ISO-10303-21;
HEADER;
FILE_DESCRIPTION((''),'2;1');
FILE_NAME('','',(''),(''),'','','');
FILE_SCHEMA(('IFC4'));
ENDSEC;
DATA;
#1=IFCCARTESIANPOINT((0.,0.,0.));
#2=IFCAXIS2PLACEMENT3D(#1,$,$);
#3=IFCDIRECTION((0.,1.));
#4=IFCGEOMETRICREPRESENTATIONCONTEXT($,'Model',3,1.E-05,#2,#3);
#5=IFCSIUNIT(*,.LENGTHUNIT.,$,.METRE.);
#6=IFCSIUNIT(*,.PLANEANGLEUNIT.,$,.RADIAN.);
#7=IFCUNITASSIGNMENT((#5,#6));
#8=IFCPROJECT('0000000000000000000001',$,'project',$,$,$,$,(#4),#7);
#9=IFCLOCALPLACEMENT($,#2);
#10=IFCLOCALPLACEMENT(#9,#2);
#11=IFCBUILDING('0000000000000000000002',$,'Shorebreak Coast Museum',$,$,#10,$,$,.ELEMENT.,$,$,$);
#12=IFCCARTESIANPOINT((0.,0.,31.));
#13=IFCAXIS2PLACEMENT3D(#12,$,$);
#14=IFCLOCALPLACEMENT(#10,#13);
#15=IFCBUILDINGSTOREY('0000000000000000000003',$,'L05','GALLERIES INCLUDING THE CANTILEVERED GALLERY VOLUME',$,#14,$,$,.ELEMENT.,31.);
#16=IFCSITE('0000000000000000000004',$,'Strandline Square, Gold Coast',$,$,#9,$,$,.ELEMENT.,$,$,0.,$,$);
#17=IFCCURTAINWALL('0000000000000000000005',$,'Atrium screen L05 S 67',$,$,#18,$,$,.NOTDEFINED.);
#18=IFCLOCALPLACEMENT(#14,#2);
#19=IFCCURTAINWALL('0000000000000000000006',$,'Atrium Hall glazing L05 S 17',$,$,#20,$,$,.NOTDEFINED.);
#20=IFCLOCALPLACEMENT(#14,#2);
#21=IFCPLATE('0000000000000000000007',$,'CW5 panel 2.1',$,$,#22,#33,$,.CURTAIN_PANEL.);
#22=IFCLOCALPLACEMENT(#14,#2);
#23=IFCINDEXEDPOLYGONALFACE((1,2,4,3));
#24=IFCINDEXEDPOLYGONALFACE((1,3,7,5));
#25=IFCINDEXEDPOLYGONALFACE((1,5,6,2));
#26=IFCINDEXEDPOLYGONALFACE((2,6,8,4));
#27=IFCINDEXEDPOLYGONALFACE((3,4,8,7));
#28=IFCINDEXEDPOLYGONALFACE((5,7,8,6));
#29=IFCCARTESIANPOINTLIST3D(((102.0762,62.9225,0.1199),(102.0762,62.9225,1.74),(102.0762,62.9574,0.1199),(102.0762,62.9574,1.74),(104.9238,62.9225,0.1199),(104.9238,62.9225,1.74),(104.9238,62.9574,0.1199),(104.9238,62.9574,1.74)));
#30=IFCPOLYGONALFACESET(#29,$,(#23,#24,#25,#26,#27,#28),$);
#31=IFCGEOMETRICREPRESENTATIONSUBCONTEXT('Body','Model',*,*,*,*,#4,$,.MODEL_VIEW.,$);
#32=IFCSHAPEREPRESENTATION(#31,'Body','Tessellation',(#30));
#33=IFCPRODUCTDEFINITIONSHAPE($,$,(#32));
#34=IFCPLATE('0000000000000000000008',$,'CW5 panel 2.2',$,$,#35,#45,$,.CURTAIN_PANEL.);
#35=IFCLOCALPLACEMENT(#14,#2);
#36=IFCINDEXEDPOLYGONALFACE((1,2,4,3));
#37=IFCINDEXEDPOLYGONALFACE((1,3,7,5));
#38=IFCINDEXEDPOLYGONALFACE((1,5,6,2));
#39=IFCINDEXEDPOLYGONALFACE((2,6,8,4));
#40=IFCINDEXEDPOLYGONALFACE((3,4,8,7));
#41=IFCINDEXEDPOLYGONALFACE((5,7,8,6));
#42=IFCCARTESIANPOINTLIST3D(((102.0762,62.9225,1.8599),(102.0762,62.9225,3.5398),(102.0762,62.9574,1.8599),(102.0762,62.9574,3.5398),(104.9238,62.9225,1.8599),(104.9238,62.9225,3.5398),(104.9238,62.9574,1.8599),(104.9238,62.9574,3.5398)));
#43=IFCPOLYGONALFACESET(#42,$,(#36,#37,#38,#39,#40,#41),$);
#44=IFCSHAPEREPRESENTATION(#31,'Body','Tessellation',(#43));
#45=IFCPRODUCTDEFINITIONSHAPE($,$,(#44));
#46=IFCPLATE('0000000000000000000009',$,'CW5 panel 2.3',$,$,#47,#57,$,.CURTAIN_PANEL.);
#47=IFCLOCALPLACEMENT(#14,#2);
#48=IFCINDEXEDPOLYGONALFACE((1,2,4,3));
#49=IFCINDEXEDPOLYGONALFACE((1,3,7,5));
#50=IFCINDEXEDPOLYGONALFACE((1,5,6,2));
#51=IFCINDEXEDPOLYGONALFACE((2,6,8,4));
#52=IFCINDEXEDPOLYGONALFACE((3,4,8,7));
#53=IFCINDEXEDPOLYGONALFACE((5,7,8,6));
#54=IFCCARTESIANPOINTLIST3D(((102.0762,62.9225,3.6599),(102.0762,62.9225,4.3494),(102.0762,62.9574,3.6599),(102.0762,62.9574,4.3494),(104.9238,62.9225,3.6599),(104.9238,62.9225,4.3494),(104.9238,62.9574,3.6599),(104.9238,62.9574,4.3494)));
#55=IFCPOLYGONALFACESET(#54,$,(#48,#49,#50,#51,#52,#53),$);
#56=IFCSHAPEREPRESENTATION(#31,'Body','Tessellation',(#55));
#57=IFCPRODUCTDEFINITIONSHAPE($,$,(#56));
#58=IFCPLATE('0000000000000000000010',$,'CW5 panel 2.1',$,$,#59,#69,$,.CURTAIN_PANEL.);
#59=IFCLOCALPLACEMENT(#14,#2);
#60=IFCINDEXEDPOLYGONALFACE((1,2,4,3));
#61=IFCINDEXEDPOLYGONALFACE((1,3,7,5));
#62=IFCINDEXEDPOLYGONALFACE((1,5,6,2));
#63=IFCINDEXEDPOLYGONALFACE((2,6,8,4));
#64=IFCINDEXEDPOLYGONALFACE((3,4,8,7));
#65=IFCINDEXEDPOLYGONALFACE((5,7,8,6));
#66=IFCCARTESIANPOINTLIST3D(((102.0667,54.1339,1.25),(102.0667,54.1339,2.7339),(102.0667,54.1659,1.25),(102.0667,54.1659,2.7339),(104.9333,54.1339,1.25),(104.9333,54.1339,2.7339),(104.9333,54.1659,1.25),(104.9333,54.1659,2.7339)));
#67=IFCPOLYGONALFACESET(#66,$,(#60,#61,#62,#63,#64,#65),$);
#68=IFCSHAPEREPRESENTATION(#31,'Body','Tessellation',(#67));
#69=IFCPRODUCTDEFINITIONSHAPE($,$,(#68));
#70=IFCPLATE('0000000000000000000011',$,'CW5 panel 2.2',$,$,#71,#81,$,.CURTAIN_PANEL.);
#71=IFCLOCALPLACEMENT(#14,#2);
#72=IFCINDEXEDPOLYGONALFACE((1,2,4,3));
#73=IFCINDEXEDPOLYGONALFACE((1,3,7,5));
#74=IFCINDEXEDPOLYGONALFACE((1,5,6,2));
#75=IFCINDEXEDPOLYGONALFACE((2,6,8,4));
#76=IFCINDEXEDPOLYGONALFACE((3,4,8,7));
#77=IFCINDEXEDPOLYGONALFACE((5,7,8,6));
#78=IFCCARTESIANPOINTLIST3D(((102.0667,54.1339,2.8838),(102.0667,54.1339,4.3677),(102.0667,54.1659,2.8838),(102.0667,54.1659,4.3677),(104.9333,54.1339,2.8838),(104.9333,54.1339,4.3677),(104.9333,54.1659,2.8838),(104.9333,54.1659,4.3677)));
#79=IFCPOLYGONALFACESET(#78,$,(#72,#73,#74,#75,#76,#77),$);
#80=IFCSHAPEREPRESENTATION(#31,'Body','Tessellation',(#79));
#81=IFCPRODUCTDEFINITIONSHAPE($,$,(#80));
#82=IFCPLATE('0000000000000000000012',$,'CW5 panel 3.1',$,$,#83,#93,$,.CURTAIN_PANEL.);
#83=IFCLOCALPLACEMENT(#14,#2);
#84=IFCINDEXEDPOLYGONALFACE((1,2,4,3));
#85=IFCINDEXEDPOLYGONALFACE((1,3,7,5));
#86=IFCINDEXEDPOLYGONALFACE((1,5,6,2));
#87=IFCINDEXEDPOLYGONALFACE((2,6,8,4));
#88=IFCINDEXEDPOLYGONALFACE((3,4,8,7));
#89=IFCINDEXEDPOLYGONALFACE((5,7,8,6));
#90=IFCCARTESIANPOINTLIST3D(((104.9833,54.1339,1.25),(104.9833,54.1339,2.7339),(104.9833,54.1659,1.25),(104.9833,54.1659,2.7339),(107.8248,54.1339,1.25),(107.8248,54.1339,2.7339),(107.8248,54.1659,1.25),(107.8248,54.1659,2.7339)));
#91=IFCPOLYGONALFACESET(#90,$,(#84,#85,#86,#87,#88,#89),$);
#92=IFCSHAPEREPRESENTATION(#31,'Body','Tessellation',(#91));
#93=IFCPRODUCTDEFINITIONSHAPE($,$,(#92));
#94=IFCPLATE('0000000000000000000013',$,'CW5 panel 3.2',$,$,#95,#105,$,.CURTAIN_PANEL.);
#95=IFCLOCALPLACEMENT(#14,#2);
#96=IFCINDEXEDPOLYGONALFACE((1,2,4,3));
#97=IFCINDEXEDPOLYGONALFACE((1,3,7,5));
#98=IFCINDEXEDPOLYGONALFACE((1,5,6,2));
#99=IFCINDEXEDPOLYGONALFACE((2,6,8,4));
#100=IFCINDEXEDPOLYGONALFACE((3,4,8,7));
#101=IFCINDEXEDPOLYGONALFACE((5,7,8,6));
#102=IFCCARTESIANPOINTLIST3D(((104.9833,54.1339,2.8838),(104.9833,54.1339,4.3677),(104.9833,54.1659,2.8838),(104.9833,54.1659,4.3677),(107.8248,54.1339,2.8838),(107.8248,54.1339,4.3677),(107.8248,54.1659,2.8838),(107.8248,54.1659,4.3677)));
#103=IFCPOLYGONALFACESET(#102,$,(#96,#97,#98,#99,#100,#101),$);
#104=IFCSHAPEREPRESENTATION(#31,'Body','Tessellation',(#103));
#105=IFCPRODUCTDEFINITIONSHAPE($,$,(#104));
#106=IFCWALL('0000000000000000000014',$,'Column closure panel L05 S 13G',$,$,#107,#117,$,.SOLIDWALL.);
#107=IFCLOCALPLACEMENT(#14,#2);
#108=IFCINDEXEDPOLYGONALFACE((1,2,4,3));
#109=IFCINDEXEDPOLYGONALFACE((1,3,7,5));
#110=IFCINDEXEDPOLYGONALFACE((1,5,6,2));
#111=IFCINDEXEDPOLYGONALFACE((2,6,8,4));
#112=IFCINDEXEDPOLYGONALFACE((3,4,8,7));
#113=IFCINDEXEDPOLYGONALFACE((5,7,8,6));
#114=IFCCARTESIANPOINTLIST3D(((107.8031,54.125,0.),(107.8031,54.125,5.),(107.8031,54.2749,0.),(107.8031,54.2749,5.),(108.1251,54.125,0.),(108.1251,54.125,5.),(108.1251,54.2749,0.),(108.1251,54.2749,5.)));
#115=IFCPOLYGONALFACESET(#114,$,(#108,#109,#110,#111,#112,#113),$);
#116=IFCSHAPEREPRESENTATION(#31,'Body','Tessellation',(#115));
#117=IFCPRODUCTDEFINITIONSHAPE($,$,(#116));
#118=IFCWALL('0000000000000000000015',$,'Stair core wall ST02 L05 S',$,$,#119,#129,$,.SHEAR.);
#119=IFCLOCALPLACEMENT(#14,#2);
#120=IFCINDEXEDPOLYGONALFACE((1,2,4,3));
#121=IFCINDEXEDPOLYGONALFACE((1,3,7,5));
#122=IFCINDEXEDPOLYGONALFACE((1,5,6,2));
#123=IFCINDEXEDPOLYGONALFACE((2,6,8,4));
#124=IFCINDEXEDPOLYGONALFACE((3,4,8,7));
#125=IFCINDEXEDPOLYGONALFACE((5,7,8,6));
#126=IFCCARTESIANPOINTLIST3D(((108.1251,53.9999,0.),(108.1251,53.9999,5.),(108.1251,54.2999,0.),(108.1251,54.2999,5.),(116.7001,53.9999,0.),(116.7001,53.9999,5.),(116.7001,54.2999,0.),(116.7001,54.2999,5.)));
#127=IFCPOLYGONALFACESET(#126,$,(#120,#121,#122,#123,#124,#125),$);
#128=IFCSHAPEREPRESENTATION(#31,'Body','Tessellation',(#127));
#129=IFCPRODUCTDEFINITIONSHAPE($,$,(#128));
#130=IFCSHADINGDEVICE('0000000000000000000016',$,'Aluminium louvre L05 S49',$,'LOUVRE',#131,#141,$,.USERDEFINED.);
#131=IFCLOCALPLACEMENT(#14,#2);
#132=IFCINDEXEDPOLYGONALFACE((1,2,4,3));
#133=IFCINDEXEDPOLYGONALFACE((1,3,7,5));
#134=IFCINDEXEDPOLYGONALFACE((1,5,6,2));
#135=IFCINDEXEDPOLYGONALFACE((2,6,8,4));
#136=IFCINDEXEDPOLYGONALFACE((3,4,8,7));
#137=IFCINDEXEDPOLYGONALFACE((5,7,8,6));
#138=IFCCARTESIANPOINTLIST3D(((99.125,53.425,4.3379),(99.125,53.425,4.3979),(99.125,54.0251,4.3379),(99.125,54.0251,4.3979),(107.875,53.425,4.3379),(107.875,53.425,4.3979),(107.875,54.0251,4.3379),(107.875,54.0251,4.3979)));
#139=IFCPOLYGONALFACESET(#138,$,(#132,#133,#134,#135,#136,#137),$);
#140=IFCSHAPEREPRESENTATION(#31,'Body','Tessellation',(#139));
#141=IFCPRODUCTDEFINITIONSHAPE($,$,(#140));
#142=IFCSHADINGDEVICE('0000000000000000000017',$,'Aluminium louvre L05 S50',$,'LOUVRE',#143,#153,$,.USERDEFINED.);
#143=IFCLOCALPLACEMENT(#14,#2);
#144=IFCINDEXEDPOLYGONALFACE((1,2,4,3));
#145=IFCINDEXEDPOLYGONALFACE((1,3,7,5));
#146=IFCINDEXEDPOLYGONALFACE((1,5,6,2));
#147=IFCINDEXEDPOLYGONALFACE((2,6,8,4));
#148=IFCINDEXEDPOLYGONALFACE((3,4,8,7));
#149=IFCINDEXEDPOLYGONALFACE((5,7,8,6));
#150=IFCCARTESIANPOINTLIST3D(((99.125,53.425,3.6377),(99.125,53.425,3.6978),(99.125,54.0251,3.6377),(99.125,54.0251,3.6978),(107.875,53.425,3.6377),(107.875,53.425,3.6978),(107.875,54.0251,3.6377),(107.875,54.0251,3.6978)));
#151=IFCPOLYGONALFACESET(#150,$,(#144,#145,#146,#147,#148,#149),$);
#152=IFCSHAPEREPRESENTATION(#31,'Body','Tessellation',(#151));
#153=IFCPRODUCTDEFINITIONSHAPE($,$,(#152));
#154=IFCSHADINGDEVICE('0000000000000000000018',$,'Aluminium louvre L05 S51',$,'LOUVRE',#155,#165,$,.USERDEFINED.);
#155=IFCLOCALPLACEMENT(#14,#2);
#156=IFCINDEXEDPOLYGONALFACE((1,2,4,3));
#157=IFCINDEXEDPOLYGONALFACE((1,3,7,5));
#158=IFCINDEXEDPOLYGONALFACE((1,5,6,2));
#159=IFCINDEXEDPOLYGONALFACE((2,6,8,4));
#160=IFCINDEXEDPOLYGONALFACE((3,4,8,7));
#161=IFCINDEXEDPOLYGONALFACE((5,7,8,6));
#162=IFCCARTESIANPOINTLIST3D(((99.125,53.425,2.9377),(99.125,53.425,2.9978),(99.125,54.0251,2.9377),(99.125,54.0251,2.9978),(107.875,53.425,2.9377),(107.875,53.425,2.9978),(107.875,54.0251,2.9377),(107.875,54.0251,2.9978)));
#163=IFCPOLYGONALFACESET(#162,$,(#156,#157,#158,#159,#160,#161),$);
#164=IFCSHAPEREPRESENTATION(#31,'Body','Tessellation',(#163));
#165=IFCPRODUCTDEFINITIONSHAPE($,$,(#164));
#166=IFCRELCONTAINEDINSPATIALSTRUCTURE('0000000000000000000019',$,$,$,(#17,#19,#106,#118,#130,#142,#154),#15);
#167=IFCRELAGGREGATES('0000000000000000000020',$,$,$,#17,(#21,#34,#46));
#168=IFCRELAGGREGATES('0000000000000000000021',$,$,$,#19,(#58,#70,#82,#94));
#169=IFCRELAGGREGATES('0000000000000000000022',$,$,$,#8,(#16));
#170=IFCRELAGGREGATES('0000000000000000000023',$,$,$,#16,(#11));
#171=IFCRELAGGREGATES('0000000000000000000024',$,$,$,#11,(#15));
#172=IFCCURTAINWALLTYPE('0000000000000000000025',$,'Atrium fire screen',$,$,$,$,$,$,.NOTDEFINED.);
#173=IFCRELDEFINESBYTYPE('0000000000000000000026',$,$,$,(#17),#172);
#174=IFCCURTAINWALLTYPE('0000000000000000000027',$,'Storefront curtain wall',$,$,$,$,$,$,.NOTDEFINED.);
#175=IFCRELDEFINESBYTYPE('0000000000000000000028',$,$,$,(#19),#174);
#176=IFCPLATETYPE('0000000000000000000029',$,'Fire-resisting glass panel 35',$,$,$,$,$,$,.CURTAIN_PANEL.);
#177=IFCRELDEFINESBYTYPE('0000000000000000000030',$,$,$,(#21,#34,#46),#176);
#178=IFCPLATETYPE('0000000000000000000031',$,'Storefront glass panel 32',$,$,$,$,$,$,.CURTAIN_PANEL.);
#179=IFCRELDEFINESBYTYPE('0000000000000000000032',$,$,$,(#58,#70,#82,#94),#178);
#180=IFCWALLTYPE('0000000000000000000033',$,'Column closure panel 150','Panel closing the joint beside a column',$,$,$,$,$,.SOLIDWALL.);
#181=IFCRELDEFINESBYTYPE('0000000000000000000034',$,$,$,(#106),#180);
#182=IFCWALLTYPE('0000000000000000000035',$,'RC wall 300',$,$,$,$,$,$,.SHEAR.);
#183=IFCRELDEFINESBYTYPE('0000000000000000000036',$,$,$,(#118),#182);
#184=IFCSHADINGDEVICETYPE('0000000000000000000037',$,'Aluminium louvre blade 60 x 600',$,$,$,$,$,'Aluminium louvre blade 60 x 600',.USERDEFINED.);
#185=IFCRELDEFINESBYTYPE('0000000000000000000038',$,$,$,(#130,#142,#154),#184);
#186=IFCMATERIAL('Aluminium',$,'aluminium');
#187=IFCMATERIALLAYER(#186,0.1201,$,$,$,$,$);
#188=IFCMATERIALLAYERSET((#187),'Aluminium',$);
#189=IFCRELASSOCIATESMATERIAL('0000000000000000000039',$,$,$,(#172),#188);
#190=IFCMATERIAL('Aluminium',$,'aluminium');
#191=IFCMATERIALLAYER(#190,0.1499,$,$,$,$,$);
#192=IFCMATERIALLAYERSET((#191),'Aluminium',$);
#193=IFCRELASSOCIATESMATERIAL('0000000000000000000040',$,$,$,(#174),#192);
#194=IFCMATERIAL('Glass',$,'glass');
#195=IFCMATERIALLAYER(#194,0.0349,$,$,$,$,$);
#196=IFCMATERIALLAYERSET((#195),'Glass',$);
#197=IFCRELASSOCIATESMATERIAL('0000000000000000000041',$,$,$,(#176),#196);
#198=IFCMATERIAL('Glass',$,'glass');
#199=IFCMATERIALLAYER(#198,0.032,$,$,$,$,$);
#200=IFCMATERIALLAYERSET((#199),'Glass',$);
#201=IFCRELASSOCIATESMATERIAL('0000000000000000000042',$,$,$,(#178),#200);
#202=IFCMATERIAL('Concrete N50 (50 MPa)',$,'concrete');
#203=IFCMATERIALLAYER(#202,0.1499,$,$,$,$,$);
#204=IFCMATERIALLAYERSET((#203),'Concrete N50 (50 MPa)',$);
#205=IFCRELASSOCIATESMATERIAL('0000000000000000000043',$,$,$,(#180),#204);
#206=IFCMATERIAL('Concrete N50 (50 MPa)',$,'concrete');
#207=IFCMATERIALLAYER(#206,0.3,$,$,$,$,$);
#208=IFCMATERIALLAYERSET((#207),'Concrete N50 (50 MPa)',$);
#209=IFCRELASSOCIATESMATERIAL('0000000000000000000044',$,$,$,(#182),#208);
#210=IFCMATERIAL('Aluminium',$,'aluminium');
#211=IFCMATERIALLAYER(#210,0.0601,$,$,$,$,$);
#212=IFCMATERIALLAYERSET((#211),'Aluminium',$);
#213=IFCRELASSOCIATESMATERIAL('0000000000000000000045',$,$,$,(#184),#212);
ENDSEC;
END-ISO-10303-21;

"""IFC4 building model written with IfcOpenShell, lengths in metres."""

from ifc_helpers import new_model, si_unit, direction, frame, frame_2d, origin, origin_2d, place, context, subcontext, project, spatial, rectangle, extrude, material, layer, layer_set, type_object, element, aggregate, save


model = new_model("IFC4")

# Units and contexts
model_context = context("Model", 3, precision=1e-05, world=origin(), true_north=direction((0.0, 1.0)))
body_context = subcontext(model_context, "Body", "Model", "MODEL_VIEW")
ifc_project = project(units=[si_unit("LENGTHUNIT", "METRE"), si_unit("PLANEANGLEUNIT", "RADIAN")], contexts=[model_context])

# Site, building, storey
site_placement = place(None, origin())
site = spatial("IfcSite", under=ifc_project, at=site_placement, Name="Strandline Square, Gold Coast", CompositionType="ELEMENT", RefElevation=0.0)
building_placement = place(site_placement, origin())
building = spatial("IfcBuilding", under=site, at=building_placement, Name="Shorebreak Coast Museum", CompositionType="ELEMENT")
storey_placement = place(building_placement, frame((0.0, 0.0, 31.0)))
storey = spatial("IfcBuildingStorey", under=building, at=storey_placement, Name="L05", Description="GALLERIES INCLUDING THE CANTILEVERED GALLERY VOLUME", CompositionType="ELEMENT", Elevation=31.0)

# Curtain walls
ifc_material_1 = material(Name="Aluminium", Category="aluminium")
ifc_layer_1 = layer(ifc_material_1, 0.1201)
ifc_layer_set_1 = layer_set([ifc_layer_1], Name="Aluminium")
curtain_wall_type_1 = type_object("IfcCurtainWallType", Name="Atrium fire screen", PredefinedType="NOTDEFINED", material=ifc_layer_set_1)
curtain_wall_1_placement = place(storey_placement, origin())
curtain_wall_1 = element("IfcCurtainWall", 1, at=curtain_wall_1_placement, inside=storey, type_object=curtain_wall_type_1, Name="Atrium screen L05 S 67", PredefinedType="NOTDEFINED")
ifc_material_2 = material(Name="Aluminium", Category="aluminium")
ifc_layer_2 = layer(ifc_material_2, 0.1499)
ifc_layer_set_2 = layer_set([ifc_layer_2], Name="Aluminium")
curtain_wall_type_2 = type_object("IfcCurtainWallType", Name="Storefront curtain wall", PredefinedType="NOTDEFINED", material=ifc_layer_set_2)
curtain_wall_2_placement = place(storey_placement, origin())
curtain_wall_2 = element("IfcCurtainWall", 2, at=curtain_wall_2_placement, inside=storey, type_object=curtain_wall_type_2, Name="Atrium Hall glazing L05 S 17", PredefinedType="NOTDEFINED")

# Plates
ifc_material_3 = material(Name="Glass", Category="glass")
ifc_layer_3 = layer(ifc_material_3, 0.0349)
ifc_layer_set_3 = layer_set([ifc_layer_3], Name="Glass")
plate_type_1 = type_object("IfcPlateType", Name="Fire-resisting glass panel 35", PredefinedType="CURTAIN_PANEL", material=ifc_layer_set_3)
plate_1_placement = place(storey_placement, frame((103.5, 62.9399, 0.1199), z_axis=(0.0, 0.0, 1.0), x_axis=(1.0, 0.0, 0.0)))
plate_1 = element("IfcPlate", 3, at=plate_1_placement, type_object=plate_type_1, Name="CW5 panel 2.1", PredefinedType="CURTAIN_PANEL", context=body_context, shape_type="SweptSolid", body=[
    extrude(rectangle(XDim=2.8477, YDim=0.0349, at=origin_2d()), origin(), (0.0, 0.0, 1.0), 1.6201),
])
plate_2_placement = place(storey_placement, frame((103.5, 62.9399, 1.8599), z_axis=(0.0, 0.0, 1.0), x_axis=(1.0, 0.0, 0.0)))
plate_2 = element("IfcPlate", 4, at=plate_2_placement, type_object=plate_type_1, Name="CW5 panel 2.2", PredefinedType="CURTAIN_PANEL", context=body_context, shape_type="SweptSolid", body=[
    extrude(rectangle(XDim=2.8477, YDim=0.0349, at=origin_2d()), origin(), (0.0, 0.0, 1.0), 1.6799),
])
plate_3_placement = place(storey_placement, frame((103.5, 62.9399, 3.6599), z_axis=(0.0, 0.0, 1.0), x_axis=(1.0, 0.0, 0.0)))
plate_3 = element("IfcPlate", 5, at=plate_3_placement, type_object=plate_type_1, Name="CW5 panel 2.3", PredefinedType="CURTAIN_PANEL", context=body_context, shape_type="SweptSolid", body=[
    extrude(rectangle(XDim=2.8477, YDim=0.0349, at=origin_2d()), origin(), (0.0, 0.0, 1.0), 0.6895),
])
aggregate(curtain_wall_1, [plate_1, plate_2, plate_3])
ifc_material_4 = material(Name="Glass", Category="glass")
ifc_layer_4 = layer(ifc_material_4, 0.032)
ifc_layer_set_4 = layer_set([ifc_layer_4], Name="Glass")
plate_type_2 = type_object("IfcPlateType", Name="Storefront glass panel 32", PredefinedType="CURTAIN_PANEL", material=ifc_layer_set_4)
plate_4_placement = place(storey_placement, frame((103.5, 54.1499, 1.25), z_axis=(0.0, 0.0, 1.0), x_axis=(1.0, 0.0, 0.0)))
plate_4 = element("IfcPlate", 6, at=plate_4_placement, type_object=plate_type_2, Name="CW5 panel 2.1", PredefinedType="CURTAIN_PANEL", context=body_context, shape_type="SweptSolid", body=[
    extrude(rectangle(XDim=2.8667, YDim=0.032, at=origin_2d()), origin(), (0.0, 0.0, 1.0), 1.4839),
])
plate_5_placement = place(storey_placement, frame((103.5, 54.1499, 2.8838), z_axis=(0.0, 0.0, 1.0), x_axis=(1.0, 0.0, 0.0)))
plate_5 = element("IfcPlate", 7, at=plate_5_placement, type_object=plate_type_2, Name="CW5 panel 2.2", PredefinedType="CURTAIN_PANEL", context=body_context, shape_type="SweptSolid", body=[
    extrude(rectangle(XDim=2.8667, YDim=0.032, at=origin_2d()), origin(), (0.0, 0.0, 1.0), 1.4839),
])
plate_6_placement = place(storey_placement, frame((106.4041, 54.1499, 1.25), z_axis=(0.0, 0.0, 1.0), x_axis=(1.0, 0.0, 0.0)))
plate_6 = element("IfcPlate", 8, at=plate_6_placement, type_object=plate_type_2, Name="CW5 panel 3.1", PredefinedType="CURTAIN_PANEL", context=body_context, shape_type="SweptSolid", body=[
    extrude(rectangle(XDim=2.8416, YDim=0.032, at=origin_2d()), origin(), (0.0, 0.0, 1.0), 1.4839),
])
plate_7_placement = place(storey_placement, frame((106.4041, 54.1499, 2.8838), z_axis=(0.0, 0.0, 1.0), x_axis=(1.0, 0.0, 0.0)))
plate_7 = element("IfcPlate", 9, at=plate_7_placement, type_object=plate_type_2, Name="CW5 panel 3.2", PredefinedType="CURTAIN_PANEL", context=body_context, shape_type="SweptSolid", body=[
    extrude(rectangle(XDim=2.8416, YDim=0.032, at=origin_2d()), origin(), (0.0, 0.0, 1.0), 1.4839),
])
aggregate(curtain_wall_2, [plate_4, plate_5, plate_6, plate_7])

# Walls
ifc_material_5 = material(Name="Concrete N50 (50 MPa)", Category="concrete")
ifc_layer_5 = layer(ifc_material_5, 0.1499)
ifc_layer_set_5 = layer_set([ifc_layer_5], Name="Concrete N50 (50 MPa)")
wall_type_1 = type_object("IfcWallType", Name="Column closure panel 150", Description="Panel closing the joint beside a column", PredefinedType="SOLIDWALL", material=ifc_layer_set_5)
wall_1_placement = place(storey_placement, frame((107.803, 54.2, 0.0), z_axis=(0.0, 0.0, 1.0), x_axis=(1.0, 0.0, 0.0)))
element("IfcWall", 10, at=wall_1_placement, inside=storey, type_object=wall_type_1, Name="Column closure panel L05 S 13G", PredefinedType="SOLIDWALL", context=body_context, shape_type="SweptSolid", body=[
    extrude(rectangle(XDim=0.322, YDim=0.1499, at=frame_2d((0.1611, 0.0))), origin(), (0.0, 0.0, 1.0), 5.0),
])
ifc_material_6 = material(Name="Concrete N50 (50 MPa)", Category="concrete")
ifc_layer_6 = layer(ifc_material_6, 0.3)
ifc_layer_set_6 = layer_set([ifc_layer_6], Name="Concrete N50 (50 MPa)")
wall_type_2 = type_object("IfcWallType", Name="RC wall 300", PredefinedType="SHEAR", material=ifc_layer_set_6)
wall_2_placement = place(storey_placement, frame((108.125, 54.1499, 0.0), z_axis=(0.0, 0.0, 1.0), x_axis=(1.0, 0.0, 0.0)))
element("IfcWall", 11, at=wall_2_placement, inside=storey, type_object=wall_type_2, Name="Stair core wall ST02 L05 S", PredefinedType="SHEAR", context=body_context, shape_type="SweptSolid", body=[
    extrude(rectangle(XDim=8.575, YDim=0.3, at=frame_2d((4.2876, 0.0))), origin(), (0.0, 0.0, 1.0), 5.0),
])

# Shading devices
ifc_material_7 = material(Name="Aluminium", Category="aluminium")
ifc_layer_7 = layer(ifc_material_7, 0.0601)
ifc_layer_set_7 = layer_set([ifc_layer_7], Name="Aluminium")
shading_device_type = type_object("IfcShadingDeviceType", Name="Aluminium louvre blade 60 x 600", ElementType="Aluminium louvre blade 60 x 600", PredefinedType="USERDEFINED", material=ifc_layer_set_7)
for number, where, z_axis, x_axis, name in (
    (12, (103.5, 53.7251, 4.3379), (0.0, 0.0, 1.0), (1.0, 0.0, 0.0), "Aluminium louvre L05 S49"),
    (13, (103.5, 53.7251, 3.6377), (0.0, 0.0, 1.0), (1.0, 0.0, 0.0), "Aluminium louvre L05 S50"),
    (14, (103.5, 53.7251, 2.9377), (0.0, 0.0, 1.0), (1.0, 0.0, 0.0), "Aluminium louvre L05 S51"),
):
    element("IfcShadingDevice", number, at=place(storey_placement, frame(where, z_axis=z_axis, x_axis=x_axis)), inside=storey, type_object=shading_device_type, Name=name, ObjectType="LOUVRE", PredefinedType="USERDEFINED", context=body_context, shape_type="SweptSolid", body=[
        extrude(rectangle(XDim=8.75, YDim=0.6001, at=origin_2d()), origin(), (0.0, 0.0, 1.0), 0.0601),
    ])

save(model, "model.ifc")
